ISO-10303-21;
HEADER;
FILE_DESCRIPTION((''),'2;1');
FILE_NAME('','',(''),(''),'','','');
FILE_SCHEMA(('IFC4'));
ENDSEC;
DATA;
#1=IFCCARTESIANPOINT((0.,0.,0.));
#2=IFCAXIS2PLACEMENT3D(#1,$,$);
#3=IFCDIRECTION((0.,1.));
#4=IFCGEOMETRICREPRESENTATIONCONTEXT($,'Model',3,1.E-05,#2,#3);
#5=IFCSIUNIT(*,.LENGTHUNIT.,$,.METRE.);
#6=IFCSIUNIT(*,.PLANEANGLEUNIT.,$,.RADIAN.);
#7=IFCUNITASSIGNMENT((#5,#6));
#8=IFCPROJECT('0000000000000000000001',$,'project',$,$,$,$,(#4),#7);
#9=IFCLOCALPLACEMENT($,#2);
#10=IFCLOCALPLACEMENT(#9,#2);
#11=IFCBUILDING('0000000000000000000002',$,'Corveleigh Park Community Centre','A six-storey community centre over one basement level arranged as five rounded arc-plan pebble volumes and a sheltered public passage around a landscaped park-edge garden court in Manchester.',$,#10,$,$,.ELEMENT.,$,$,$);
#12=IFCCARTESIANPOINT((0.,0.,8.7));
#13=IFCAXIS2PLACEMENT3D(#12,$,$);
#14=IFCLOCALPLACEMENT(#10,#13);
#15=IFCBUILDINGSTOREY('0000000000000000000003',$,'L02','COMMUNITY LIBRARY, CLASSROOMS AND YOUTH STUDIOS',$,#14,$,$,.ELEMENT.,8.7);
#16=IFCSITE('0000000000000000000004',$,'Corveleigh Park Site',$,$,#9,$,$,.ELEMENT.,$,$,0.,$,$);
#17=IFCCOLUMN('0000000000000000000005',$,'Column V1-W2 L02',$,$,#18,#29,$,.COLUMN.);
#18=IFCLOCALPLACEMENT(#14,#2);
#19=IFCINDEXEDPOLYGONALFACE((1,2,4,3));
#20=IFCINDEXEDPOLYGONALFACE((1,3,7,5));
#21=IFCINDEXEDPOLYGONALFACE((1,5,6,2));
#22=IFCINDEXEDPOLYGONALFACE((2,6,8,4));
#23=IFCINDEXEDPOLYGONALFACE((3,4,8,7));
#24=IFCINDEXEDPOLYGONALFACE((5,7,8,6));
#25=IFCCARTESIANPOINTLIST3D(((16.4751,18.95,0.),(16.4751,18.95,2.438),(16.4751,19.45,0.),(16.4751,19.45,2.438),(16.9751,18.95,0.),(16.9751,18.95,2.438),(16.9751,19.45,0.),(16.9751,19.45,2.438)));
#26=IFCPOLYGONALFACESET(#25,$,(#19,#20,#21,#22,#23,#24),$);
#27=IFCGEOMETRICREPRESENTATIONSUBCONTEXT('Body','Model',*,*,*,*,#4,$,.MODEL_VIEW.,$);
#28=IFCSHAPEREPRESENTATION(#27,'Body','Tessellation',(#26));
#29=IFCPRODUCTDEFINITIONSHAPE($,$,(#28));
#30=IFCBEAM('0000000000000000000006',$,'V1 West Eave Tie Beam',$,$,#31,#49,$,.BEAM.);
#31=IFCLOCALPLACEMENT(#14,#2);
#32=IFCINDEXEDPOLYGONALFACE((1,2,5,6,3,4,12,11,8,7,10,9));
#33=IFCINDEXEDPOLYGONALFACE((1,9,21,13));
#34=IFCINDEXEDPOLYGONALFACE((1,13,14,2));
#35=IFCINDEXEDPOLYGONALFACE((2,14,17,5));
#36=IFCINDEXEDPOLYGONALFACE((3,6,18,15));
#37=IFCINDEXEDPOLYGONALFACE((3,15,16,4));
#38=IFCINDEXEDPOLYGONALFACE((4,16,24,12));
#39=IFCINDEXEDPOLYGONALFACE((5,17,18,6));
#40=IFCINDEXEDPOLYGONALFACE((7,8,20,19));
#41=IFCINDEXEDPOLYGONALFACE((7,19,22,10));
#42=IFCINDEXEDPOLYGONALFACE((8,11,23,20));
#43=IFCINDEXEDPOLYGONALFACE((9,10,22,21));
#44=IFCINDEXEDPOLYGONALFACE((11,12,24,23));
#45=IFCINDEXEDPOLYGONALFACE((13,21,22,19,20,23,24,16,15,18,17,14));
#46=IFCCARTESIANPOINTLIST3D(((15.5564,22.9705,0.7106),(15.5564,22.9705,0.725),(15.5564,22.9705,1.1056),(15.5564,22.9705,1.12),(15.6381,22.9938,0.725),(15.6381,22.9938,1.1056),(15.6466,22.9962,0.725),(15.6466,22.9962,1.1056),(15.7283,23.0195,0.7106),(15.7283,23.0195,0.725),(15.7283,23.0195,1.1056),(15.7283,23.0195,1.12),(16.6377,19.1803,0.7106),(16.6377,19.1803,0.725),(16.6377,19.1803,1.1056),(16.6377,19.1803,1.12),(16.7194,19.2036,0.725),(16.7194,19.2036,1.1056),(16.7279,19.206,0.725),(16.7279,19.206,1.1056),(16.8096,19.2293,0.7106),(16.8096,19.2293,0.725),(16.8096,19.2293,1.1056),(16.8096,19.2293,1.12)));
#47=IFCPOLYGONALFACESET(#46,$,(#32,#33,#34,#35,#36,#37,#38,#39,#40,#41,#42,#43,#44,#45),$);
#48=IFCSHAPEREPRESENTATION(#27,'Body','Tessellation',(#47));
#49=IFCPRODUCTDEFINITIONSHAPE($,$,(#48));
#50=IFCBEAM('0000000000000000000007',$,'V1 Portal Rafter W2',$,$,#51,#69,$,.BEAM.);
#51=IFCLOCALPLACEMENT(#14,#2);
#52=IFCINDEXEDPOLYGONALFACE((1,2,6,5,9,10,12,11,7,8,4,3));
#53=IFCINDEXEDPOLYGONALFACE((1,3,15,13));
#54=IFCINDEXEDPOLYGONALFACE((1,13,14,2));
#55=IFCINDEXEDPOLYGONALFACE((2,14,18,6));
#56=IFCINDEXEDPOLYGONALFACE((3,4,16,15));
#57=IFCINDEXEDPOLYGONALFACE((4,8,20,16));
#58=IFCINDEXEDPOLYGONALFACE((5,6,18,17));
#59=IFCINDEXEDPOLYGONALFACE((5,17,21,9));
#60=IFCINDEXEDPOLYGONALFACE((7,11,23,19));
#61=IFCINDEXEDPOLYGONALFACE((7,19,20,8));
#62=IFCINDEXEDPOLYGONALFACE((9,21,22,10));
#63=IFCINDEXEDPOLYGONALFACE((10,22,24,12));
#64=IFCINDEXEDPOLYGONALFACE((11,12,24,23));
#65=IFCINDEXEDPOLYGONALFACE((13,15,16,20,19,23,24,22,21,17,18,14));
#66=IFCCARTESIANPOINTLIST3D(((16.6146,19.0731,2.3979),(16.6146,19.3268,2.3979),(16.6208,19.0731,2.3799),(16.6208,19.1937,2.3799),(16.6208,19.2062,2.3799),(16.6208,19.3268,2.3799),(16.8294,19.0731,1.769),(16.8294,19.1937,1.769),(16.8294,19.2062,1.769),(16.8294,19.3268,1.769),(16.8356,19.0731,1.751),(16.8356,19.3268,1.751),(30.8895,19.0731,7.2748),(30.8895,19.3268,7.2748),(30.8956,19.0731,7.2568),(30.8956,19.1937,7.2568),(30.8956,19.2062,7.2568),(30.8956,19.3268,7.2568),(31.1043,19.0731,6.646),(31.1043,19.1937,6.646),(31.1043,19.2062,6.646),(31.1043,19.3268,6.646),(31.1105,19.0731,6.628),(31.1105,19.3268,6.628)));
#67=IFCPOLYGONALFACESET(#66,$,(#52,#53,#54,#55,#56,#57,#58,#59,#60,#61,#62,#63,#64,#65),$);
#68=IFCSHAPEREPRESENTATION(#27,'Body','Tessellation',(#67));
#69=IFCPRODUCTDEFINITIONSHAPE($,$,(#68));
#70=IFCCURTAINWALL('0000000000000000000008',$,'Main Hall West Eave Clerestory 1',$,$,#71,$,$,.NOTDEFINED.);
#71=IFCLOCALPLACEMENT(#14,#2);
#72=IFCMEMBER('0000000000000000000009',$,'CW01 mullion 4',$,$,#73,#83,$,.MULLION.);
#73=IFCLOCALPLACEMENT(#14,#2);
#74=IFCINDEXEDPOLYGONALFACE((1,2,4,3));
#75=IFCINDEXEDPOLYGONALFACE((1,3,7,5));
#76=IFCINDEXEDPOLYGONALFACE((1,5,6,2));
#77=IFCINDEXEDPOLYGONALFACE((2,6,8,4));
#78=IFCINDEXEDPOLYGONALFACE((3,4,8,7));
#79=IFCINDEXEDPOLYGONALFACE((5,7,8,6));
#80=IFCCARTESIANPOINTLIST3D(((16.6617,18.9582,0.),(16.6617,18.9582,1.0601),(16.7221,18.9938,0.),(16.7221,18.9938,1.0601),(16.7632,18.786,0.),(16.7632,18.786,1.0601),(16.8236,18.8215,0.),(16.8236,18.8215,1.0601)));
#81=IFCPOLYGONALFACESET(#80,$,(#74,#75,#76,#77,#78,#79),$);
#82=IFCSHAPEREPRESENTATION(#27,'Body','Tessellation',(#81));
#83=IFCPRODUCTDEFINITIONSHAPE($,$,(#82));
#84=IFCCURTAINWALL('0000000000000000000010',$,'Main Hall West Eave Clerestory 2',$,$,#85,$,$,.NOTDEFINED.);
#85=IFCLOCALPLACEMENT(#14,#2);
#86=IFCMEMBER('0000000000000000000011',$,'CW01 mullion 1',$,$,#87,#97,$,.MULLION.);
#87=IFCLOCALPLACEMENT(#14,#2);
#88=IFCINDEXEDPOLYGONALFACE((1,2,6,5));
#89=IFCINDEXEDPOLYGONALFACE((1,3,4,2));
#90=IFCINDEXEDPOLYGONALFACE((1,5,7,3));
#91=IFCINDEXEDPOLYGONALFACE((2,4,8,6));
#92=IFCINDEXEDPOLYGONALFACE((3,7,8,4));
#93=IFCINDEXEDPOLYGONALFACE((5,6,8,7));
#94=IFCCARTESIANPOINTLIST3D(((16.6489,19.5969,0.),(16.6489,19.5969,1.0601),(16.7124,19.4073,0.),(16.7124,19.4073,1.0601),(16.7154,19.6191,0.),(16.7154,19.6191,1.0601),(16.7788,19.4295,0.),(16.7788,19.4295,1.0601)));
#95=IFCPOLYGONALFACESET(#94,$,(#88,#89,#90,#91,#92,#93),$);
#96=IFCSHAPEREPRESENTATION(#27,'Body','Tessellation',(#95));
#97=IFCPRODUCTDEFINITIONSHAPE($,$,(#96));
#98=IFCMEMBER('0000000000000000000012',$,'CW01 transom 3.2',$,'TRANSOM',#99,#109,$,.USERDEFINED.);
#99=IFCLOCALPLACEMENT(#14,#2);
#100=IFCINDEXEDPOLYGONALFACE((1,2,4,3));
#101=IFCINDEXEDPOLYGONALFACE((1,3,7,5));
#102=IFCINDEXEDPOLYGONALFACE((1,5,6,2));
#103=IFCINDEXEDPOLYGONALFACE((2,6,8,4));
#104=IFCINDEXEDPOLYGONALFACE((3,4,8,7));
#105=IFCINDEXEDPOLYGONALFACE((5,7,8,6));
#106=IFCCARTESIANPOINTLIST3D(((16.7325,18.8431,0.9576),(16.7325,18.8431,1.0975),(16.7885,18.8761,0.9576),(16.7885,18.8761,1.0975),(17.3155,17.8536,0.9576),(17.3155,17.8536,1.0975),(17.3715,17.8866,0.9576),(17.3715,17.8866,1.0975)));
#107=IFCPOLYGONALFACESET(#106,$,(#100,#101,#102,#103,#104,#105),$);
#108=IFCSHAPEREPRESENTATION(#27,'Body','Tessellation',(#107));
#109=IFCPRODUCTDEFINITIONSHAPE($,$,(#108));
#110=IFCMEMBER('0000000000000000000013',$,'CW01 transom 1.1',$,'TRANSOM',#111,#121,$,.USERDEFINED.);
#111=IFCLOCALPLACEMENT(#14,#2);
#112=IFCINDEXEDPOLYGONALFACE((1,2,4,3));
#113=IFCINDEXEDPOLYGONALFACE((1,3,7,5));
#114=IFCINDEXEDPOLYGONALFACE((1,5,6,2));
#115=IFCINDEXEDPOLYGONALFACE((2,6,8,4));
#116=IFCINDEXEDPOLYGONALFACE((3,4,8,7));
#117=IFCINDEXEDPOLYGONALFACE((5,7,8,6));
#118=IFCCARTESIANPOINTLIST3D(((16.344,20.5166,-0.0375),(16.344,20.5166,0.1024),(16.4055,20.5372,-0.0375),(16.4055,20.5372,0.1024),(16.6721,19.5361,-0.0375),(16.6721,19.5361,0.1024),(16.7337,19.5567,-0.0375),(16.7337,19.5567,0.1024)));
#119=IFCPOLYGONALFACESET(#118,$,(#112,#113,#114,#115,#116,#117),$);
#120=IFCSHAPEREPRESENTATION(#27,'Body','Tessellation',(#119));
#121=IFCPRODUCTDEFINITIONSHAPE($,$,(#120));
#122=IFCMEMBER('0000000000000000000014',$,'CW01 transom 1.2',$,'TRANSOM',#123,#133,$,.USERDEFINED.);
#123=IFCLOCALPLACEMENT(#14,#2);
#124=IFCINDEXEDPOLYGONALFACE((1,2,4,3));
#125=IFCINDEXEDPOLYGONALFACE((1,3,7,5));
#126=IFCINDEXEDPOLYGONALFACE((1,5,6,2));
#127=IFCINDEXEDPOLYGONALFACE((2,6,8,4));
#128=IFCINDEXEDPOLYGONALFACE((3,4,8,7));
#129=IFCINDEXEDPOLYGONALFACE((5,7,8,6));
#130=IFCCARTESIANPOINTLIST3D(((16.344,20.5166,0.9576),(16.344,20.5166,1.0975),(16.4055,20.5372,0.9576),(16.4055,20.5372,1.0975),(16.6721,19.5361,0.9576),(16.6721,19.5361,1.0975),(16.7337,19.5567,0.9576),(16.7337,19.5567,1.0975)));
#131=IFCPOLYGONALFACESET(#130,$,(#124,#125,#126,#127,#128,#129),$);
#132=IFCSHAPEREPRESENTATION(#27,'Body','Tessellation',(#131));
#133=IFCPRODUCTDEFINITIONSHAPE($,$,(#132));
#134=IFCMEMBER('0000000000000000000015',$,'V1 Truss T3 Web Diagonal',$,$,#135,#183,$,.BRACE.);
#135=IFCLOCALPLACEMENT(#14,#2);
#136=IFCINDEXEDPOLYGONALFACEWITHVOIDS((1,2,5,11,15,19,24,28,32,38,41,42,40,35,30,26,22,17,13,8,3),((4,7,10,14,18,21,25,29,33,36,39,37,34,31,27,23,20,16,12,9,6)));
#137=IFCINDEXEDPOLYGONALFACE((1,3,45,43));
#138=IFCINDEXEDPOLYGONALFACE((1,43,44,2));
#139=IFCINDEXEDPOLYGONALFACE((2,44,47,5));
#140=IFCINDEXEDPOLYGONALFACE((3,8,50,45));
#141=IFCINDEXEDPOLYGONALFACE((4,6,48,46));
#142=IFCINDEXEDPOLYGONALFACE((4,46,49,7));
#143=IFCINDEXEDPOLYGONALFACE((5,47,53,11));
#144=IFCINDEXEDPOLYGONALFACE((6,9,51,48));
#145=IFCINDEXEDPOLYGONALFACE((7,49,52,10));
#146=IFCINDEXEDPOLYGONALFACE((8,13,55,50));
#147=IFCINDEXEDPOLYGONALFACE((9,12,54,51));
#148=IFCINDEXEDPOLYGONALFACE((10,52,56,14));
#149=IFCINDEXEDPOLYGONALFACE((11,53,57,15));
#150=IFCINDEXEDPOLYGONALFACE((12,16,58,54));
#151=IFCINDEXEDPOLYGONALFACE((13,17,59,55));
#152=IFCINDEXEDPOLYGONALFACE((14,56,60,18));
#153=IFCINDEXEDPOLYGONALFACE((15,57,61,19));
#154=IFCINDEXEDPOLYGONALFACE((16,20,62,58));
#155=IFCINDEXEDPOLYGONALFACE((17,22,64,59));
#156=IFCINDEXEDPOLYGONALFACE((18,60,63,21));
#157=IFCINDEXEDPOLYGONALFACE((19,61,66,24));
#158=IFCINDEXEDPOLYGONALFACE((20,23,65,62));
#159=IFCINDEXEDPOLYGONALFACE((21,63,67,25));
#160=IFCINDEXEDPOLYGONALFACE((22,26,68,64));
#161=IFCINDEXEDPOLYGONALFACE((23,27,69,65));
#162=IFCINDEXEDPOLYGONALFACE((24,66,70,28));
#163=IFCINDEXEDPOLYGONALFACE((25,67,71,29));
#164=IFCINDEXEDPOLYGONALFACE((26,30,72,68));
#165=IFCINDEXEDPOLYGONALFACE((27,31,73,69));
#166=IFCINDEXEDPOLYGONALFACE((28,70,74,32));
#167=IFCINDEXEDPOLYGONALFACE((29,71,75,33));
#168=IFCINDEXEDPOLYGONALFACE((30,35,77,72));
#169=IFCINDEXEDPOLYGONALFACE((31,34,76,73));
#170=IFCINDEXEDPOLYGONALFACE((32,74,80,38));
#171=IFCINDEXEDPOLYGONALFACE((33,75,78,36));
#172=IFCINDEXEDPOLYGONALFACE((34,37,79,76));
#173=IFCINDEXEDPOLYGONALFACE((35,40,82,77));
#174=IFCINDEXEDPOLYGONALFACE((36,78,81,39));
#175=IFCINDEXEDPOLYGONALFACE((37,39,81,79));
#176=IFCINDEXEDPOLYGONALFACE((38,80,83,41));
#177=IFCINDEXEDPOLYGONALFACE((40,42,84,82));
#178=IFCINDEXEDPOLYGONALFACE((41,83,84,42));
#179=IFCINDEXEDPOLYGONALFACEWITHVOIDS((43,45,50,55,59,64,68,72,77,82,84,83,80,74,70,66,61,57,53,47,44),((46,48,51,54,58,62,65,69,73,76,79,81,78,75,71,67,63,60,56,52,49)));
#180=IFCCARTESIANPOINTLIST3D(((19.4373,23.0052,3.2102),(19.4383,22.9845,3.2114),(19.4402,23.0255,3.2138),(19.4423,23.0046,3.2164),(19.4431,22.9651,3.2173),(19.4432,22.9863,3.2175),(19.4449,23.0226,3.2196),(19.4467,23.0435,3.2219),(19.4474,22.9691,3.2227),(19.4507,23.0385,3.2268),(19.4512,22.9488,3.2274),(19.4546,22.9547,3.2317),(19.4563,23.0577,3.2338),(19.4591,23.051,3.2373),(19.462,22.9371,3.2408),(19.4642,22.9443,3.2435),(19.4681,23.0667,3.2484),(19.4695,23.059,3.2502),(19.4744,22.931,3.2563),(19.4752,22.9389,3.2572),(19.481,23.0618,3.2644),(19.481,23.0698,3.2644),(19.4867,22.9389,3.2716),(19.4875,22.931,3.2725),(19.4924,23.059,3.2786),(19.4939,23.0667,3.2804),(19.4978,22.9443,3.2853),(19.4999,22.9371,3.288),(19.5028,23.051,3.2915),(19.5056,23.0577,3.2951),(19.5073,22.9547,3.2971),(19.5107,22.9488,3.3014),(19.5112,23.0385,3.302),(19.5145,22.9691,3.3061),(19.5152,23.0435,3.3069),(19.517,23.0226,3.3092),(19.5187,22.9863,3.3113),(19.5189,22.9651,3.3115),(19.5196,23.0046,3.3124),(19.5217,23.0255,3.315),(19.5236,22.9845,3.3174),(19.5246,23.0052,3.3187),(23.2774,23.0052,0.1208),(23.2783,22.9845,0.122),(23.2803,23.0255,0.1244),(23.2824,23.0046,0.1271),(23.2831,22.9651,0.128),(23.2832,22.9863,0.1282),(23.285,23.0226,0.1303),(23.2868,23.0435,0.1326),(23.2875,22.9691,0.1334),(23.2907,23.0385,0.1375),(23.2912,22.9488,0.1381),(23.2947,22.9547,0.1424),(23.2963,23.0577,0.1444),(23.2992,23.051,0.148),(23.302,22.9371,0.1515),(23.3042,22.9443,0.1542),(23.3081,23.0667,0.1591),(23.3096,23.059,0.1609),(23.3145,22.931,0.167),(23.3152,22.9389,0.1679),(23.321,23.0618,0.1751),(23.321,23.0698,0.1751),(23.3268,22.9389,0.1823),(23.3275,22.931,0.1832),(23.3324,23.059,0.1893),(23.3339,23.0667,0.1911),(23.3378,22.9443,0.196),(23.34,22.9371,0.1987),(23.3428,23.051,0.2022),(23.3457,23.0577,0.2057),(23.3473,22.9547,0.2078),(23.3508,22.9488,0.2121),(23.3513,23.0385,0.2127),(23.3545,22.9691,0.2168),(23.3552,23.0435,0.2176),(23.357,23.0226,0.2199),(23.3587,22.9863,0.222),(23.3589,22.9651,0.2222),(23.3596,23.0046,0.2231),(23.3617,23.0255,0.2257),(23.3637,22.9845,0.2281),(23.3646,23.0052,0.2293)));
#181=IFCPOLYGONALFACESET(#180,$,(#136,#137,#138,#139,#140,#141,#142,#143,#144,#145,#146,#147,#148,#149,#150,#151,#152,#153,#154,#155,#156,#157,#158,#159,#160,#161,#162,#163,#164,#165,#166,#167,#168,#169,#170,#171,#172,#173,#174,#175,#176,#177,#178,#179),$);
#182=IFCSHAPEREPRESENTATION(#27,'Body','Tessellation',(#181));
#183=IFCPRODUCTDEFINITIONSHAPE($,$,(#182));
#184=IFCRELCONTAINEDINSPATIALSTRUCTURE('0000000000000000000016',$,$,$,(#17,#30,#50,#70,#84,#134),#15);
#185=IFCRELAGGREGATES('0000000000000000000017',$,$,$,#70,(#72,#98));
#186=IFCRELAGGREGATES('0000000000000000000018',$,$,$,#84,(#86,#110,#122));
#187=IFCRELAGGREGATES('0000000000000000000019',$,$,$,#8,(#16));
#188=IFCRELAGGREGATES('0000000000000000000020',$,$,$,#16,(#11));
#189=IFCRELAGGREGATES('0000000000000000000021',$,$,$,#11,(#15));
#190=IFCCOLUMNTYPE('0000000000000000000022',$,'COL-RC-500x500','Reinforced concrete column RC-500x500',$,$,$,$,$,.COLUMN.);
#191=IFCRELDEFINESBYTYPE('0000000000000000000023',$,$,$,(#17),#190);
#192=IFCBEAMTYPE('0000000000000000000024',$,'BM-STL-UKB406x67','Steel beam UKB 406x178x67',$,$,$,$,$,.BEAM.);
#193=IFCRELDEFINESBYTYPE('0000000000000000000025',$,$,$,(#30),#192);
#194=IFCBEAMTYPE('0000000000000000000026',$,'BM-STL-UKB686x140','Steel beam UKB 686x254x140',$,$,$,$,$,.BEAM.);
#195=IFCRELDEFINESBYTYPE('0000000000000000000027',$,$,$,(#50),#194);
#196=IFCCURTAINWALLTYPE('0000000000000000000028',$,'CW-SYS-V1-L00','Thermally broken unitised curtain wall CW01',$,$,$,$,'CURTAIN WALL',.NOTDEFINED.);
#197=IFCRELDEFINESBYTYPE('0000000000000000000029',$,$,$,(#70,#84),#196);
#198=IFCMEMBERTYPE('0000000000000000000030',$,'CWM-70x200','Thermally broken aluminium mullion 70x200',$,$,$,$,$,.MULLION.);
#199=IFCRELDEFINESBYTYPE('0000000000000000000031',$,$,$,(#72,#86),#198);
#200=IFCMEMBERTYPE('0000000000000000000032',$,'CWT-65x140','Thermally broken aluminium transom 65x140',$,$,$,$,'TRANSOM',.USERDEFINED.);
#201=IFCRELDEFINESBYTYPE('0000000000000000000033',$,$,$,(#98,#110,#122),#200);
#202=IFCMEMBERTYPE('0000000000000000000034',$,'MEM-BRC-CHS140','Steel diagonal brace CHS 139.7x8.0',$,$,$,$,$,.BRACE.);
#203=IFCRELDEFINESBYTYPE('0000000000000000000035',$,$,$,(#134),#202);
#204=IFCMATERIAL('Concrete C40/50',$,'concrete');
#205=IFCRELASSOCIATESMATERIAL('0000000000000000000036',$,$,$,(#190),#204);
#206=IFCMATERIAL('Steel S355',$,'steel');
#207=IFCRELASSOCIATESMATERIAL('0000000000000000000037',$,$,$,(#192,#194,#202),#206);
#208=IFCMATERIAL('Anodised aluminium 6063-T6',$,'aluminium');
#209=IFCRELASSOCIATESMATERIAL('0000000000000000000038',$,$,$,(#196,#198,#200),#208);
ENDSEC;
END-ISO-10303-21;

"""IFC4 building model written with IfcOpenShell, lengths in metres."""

from ifc_helpers import new_model, si_unit, direction, frame, origin, origin_2d, place, context, subcontext, project, spatial, rectangle, hollow_circle, i_section, extrude, material, material_profile, profile_set, type_object, element, aggregate, save


model = new_model("IFC4")

# Units and contexts
model_context = context("Model", 3, precision=1e-05, world=origin(), true_north=direction((0.0, 1.0)))
body_context = subcontext(model_context, "Body", "Model", "MODEL_VIEW")
ifc_project = project(units=[si_unit("LENGTHUNIT", "METRE"), si_unit("PLANEANGLEUNIT", "RADIAN")], contexts=[model_context])

# Site, building, storey
site_placement = place(None, origin())
site = spatial("IfcSite", under=ifc_project, at=site_placement, Name="Corveleigh Park Site", CompositionType="ELEMENT", RefElevation=0.0)
building_placement = place(site_placement, origin())
building = spatial("IfcBuilding", under=site, at=building_placement, Name="Corveleigh Park Community Centre", Description="A six-storey community centre over one basement level arranged as five rounded arc-plan pebble volumes and a sheltered public passage around a landscaped park-edge garden court in Manchester.", CompositionType="ELEMENT")
storey_placement = place(building_placement, frame((0.0, 0.0, 8.7)))
storey = spatial("IfcBuildingStorey", under=building, at=storey_placement, Name="L02", Description="COMMUNITY LIBRARY, CLASSROOMS AND YOUTH STUDIOS", CompositionType="ELEMENT", Elevation=8.7)

# Column
ifc_material_1 = material(Name="Concrete C40/50", Category="concrete")
ifc_material_profile_1 = material_profile(ifc_material_1, rectangle(XDim=0.5, YDim=0.5, at=origin_2d()), Name="RC-500x500", Category="concrete")
ifc_profile_set_1 = profile_set([ifc_material_profile_1], Name="Concrete C40/50")
column_type = type_object("IfcColumnType", Name="COL-RC-500x500", Description="Reinforced concrete column RC-500x500", PredefinedType="COLUMN", material=ifc_profile_set_1)
column_placement = place(storey_placement, frame((16.7251, 19.2, 0.0), z_axis=(0.0, 0.0, 1.0), x_axis=(1.0, 0.0, 0.0)))
element("IfcColumn", 1, at=column_placement, inside=storey, type_object=column_type, Name="Column V1-W2 L02", PredefinedType="COLUMN", context=body_context, shape_type="SweptSolid", body=[
    extrude(rectangle(XDim=0.5, YDim=0.5, at=origin_2d()), origin(), (0.0, 0.0, 1.0), 2.438),
])

# Beams
ifc_material_2 = material(Name="Steel S355", Category="steel")
ifc_material_profile_2 = material_profile(ifc_material_2, i_section(OverallWidth=0.1787, OverallDepth=0.4094, WebThickness=0.0088, FlangeThickness=0.0144, at=origin_2d()), Name="UKB 406x178x67", Category="steel")
ifc_profile_set_2 = profile_set([ifc_material_profile_2], Name="Steel S355")
beam_type_1 = type_object("IfcBeamType", Name="BM-STL-UKB406x67", Description="Steel beam UKB 406x178x67", PredefinedType="BEAM", material=ifc_profile_set_2)
beam_1_placement = place(storey_placement, frame((16.7236, 19.2048, 0.9153), z_axis=(-0.274337, 0.961634, 0.0), x_axis=(-0.961634, -0.274337, 0.0)))
element("IfcBeam", 2, at=beam_1_placement, inside=storey, type_object=beam_type_1, Name="V1 West Eave Tie Beam", PredefinedType="BEAM", context=body_context, shape_type="SweptSolid", body=[
    extrude(i_section(OverallWidth=0.1787, OverallDepth=0.4094, WebThickness=0.0088, FlangeThickness=0.0144, at=origin_2d()), origin(), (0.0, 0.0, 1.0), 3.9414),
])
ifc_material_profile_3 = material_profile(ifc_material_2, i_section(OverallWidth=0.2537, OverallDepth=0.6836, WebThickness=0.0125, FlangeThickness=0.019, at=origin_2d()), Name="UKB 686x254x140", Category="steel")
ifc_profile_set_3 = profile_set([ifc_material_profile_3], Name="Steel S355")
beam_type_2 = type_object("IfcBeamType", Name="BM-STL-UKB686x140", Description="Steel beam UKB 686x254x140", PredefinedType="BEAM", material=ifc_profile_set_3)
beam_2_placement = place(storey_placement, frame((16.7251, 19.2, 2.0745), z_axis=(0.946297, 0.0, 0.323298), x_axis=(0.0, 1.0, 0.0)))
element("IfcBeam", 3, at=beam_2_placement, inside=storey, type_object=beam_type_2, Name="V1 Portal Rafter W2", PredefinedType="BEAM", context=body_context, shape_type="SweptSolid", body=[
    extrude(i_section(OverallWidth=0.2537, OverallDepth=0.6836, WebThickness=0.0125, FlangeThickness=0.019, at=origin_2d()), origin(), (0.0, 0.0, 1.0), 15.085),
])

# Curtain walls, members
ifc_material_3 = material(Name="Anodised aluminium 6063-T6", Category="aluminium")
curtain_wall_type = type_object("IfcCurtainWallType", Name="CW-SYS-V1-L00", Description="Thermally broken unitised curtain wall CW01", ElementType="CURTAIN WALL", PredefinedType="NOTDEFINED", material=ifc_material_3)
curtain_wall_1_placement = place(storey_placement, origin())
curtain_wall_1 = element("IfcCurtainWall", 4, at=curtain_wall_1_placement, inside=storey, type_object=curtain_wall_type, Name="Main Hall West Eave Clerestory 1", PredefinedType="NOTDEFINED")
ifc_material_profile_4 = material_profile(ifc_material_3, rectangle(XDim=0.0701, YDim=0.2, at=origin_2d()), Name="ALU-M70x200", Category="aluminium")
ifc_profile_set_4 = profile_set([ifc_material_profile_4], Name="Anodised aluminium 6063-T6")
member_type_1 = type_object("IfcMemberType", Name="CWM-70x200", Description="Thermally broken aluminium mullion 70x200", PredefinedType="MULLION", material=ifc_profile_set_4)
member_1_placement = place(storey_placement, frame((16.7427, 18.8899, 0.0), z_axis=(0.0, 0.0, 1.0), x_axis=(-0.861572, -0.507636, 0.0)))
member_1 = element("IfcMember", 5, at=member_1_placement, type_object=member_type_1, Name="CW01 mullion 4", PredefinedType="MULLION", context=body_context, shape_type="SweptSolid", body=[
    extrude(rectangle(XDim=0.0701, YDim=0.2, at=origin_2d()), origin(), (0.0, 0.0, 1.0), 1.0601),
])
curtain_wall_2_placement = place(storey_placement, origin())
curtain_wall_2 = element("IfcCurtainWall", 6, at=curtain_wall_2_placement, inside=storey, type_object=curtain_wall_type, Name="Main Hall West Eave Clerestory 2", PredefinedType="NOTDEFINED")
member_2_placement = place(storey_placement, frame((16.7139, 19.5132, 0.0), z_axis=(0.0, 0.0, 1.0), x_axis=(-0.948331, -0.317281, 0.0)))
member_2 = element("IfcMember", 7, at=member_2_placement, type_object=member_type_1, Name="CW01 mullion 1", PredefinedType="MULLION", context=body_context, shape_type="SweptSolid", body=[
    extrude(rectangle(XDim=0.0701, YDim=0.2, at=origin_2d()), origin(), (0.0, 0.0, 1.0), 1.0601),
])

# Members
ifc_material_profile_5 = material_profile(ifc_material_3, rectangle(XDim=0.0649, YDim=0.1399, at=origin_2d()), Name="ALU-T65x140", Category="aluminium")
ifc_profile_set_5 = profile_set([ifc_material_profile_5], Name="Anodised aluminium 6063-T6")
member_type_2 = type_object("IfcMemberType", Name="CWT-65x140", Description="Thermally broken aluminium transom 65x140", ElementType="TRANSOM", PredefinedType="USERDEFINED", material=ifc_profile_set_5)
member_3_placement = place(storey_placement, frame((17.3435, 17.8701, 1.0276), z_axis=(-0.507633, 0.861573, 0.0), x_axis=(-0.861573, -0.507633, 0.0)))
member_3 = element("IfcMember", 8, at=member_3_placement, type_object=member_type_2, Name="CW01 transom 3.2", ObjectType="TRANSOM", PredefinedType="USERDEFINED", context=body_context, shape_type="SweptSolid", body=[
    extrude(rectangle(XDim=0.0649, YDim=0.1399, at=origin_2d()), origin(), (0.0, 0.0, 1.0), 1.1484),
])
member_4_placement = place(storey_placement, frame((16.7029, 19.5464, 0.0325), z_axis=(-0.317361, 0.948305, 0.0), x_axis=(-0.948305, -0.317361, 0.0)))
member_4 = element("IfcMember", 9, at=member_4_placement, type_object=member_type_2, Name="CW01 transom 1.1", ObjectType="TRANSOM", PredefinedType="USERDEFINED", context=body_context, shape_type="SweptSolid", body=[
    extrude(rectangle(XDim=0.0649, YDim=0.1399, at=origin_2d()), origin(), (0.0, 0.0, 1.0), 1.0339),
])
member_5_placement = place(storey_placement, frame((16.7029, 19.5464, 1.0276), z_axis=(-0.317361, 0.948305, 0.0), x_axis=(-0.948305, -0.317361, 0.0)))
member_5 = element("IfcMember", 10, at=member_5_placement, type_object=member_type_2, Name="CW01 transom 1.2", ObjectType="TRANSOM", PredefinedType="USERDEFINED", context=body_context, shape_type="SweptSolid", body=[
    extrude(rectangle(XDim=0.0649, YDim=0.1399, at=origin_2d()), origin(), (0.0, 0.0, 1.0), 1.0339),
])

# Member
ifc_material_profile_6 = material_profile(ifc_material_2, hollow_circle(Radius=0.0698, WallThickness=0.0081, at=origin_2d()), Name="CHS 139.7x8.0", Category="steel")
ifc_profile_set_6 = profile_set([ifc_material_profile_6], Name="Steel S355")
member_type_3 = type_object("IfcMemberType", Name="MEM-BRC-CHS140", Description="Steel diagonal brace CHS 139.7x8.0", PredefinedType="BRACE", material=ifc_profile_set_6)
member_6_placement = place(storey_placement, frame((19.481, 23.0, 3.2644), z_axis=(0.779155, 0.0, -0.626831), x_axis=(0.0, 1.0, 0.0)))
element("IfcMember", 11, at=member_6_placement, inside=storey, type_object=member_type_3, Name="V1 Truss T3 Web Diagonal", PredefinedType="BRACE", context=body_context, shape_type="SweptSolid", body=[
    extrude(hollow_circle(Radius=0.0698, WallThickness=0.0081, at=origin_2d()), origin(), (0.0, 0.0, 1.0), 4.9285),
])

aggregate(curtain_wall_1, [member_1, member_3])
aggregate(curtain_wall_2, [member_2, member_4, member_5])

save(model, "model.ifc")
